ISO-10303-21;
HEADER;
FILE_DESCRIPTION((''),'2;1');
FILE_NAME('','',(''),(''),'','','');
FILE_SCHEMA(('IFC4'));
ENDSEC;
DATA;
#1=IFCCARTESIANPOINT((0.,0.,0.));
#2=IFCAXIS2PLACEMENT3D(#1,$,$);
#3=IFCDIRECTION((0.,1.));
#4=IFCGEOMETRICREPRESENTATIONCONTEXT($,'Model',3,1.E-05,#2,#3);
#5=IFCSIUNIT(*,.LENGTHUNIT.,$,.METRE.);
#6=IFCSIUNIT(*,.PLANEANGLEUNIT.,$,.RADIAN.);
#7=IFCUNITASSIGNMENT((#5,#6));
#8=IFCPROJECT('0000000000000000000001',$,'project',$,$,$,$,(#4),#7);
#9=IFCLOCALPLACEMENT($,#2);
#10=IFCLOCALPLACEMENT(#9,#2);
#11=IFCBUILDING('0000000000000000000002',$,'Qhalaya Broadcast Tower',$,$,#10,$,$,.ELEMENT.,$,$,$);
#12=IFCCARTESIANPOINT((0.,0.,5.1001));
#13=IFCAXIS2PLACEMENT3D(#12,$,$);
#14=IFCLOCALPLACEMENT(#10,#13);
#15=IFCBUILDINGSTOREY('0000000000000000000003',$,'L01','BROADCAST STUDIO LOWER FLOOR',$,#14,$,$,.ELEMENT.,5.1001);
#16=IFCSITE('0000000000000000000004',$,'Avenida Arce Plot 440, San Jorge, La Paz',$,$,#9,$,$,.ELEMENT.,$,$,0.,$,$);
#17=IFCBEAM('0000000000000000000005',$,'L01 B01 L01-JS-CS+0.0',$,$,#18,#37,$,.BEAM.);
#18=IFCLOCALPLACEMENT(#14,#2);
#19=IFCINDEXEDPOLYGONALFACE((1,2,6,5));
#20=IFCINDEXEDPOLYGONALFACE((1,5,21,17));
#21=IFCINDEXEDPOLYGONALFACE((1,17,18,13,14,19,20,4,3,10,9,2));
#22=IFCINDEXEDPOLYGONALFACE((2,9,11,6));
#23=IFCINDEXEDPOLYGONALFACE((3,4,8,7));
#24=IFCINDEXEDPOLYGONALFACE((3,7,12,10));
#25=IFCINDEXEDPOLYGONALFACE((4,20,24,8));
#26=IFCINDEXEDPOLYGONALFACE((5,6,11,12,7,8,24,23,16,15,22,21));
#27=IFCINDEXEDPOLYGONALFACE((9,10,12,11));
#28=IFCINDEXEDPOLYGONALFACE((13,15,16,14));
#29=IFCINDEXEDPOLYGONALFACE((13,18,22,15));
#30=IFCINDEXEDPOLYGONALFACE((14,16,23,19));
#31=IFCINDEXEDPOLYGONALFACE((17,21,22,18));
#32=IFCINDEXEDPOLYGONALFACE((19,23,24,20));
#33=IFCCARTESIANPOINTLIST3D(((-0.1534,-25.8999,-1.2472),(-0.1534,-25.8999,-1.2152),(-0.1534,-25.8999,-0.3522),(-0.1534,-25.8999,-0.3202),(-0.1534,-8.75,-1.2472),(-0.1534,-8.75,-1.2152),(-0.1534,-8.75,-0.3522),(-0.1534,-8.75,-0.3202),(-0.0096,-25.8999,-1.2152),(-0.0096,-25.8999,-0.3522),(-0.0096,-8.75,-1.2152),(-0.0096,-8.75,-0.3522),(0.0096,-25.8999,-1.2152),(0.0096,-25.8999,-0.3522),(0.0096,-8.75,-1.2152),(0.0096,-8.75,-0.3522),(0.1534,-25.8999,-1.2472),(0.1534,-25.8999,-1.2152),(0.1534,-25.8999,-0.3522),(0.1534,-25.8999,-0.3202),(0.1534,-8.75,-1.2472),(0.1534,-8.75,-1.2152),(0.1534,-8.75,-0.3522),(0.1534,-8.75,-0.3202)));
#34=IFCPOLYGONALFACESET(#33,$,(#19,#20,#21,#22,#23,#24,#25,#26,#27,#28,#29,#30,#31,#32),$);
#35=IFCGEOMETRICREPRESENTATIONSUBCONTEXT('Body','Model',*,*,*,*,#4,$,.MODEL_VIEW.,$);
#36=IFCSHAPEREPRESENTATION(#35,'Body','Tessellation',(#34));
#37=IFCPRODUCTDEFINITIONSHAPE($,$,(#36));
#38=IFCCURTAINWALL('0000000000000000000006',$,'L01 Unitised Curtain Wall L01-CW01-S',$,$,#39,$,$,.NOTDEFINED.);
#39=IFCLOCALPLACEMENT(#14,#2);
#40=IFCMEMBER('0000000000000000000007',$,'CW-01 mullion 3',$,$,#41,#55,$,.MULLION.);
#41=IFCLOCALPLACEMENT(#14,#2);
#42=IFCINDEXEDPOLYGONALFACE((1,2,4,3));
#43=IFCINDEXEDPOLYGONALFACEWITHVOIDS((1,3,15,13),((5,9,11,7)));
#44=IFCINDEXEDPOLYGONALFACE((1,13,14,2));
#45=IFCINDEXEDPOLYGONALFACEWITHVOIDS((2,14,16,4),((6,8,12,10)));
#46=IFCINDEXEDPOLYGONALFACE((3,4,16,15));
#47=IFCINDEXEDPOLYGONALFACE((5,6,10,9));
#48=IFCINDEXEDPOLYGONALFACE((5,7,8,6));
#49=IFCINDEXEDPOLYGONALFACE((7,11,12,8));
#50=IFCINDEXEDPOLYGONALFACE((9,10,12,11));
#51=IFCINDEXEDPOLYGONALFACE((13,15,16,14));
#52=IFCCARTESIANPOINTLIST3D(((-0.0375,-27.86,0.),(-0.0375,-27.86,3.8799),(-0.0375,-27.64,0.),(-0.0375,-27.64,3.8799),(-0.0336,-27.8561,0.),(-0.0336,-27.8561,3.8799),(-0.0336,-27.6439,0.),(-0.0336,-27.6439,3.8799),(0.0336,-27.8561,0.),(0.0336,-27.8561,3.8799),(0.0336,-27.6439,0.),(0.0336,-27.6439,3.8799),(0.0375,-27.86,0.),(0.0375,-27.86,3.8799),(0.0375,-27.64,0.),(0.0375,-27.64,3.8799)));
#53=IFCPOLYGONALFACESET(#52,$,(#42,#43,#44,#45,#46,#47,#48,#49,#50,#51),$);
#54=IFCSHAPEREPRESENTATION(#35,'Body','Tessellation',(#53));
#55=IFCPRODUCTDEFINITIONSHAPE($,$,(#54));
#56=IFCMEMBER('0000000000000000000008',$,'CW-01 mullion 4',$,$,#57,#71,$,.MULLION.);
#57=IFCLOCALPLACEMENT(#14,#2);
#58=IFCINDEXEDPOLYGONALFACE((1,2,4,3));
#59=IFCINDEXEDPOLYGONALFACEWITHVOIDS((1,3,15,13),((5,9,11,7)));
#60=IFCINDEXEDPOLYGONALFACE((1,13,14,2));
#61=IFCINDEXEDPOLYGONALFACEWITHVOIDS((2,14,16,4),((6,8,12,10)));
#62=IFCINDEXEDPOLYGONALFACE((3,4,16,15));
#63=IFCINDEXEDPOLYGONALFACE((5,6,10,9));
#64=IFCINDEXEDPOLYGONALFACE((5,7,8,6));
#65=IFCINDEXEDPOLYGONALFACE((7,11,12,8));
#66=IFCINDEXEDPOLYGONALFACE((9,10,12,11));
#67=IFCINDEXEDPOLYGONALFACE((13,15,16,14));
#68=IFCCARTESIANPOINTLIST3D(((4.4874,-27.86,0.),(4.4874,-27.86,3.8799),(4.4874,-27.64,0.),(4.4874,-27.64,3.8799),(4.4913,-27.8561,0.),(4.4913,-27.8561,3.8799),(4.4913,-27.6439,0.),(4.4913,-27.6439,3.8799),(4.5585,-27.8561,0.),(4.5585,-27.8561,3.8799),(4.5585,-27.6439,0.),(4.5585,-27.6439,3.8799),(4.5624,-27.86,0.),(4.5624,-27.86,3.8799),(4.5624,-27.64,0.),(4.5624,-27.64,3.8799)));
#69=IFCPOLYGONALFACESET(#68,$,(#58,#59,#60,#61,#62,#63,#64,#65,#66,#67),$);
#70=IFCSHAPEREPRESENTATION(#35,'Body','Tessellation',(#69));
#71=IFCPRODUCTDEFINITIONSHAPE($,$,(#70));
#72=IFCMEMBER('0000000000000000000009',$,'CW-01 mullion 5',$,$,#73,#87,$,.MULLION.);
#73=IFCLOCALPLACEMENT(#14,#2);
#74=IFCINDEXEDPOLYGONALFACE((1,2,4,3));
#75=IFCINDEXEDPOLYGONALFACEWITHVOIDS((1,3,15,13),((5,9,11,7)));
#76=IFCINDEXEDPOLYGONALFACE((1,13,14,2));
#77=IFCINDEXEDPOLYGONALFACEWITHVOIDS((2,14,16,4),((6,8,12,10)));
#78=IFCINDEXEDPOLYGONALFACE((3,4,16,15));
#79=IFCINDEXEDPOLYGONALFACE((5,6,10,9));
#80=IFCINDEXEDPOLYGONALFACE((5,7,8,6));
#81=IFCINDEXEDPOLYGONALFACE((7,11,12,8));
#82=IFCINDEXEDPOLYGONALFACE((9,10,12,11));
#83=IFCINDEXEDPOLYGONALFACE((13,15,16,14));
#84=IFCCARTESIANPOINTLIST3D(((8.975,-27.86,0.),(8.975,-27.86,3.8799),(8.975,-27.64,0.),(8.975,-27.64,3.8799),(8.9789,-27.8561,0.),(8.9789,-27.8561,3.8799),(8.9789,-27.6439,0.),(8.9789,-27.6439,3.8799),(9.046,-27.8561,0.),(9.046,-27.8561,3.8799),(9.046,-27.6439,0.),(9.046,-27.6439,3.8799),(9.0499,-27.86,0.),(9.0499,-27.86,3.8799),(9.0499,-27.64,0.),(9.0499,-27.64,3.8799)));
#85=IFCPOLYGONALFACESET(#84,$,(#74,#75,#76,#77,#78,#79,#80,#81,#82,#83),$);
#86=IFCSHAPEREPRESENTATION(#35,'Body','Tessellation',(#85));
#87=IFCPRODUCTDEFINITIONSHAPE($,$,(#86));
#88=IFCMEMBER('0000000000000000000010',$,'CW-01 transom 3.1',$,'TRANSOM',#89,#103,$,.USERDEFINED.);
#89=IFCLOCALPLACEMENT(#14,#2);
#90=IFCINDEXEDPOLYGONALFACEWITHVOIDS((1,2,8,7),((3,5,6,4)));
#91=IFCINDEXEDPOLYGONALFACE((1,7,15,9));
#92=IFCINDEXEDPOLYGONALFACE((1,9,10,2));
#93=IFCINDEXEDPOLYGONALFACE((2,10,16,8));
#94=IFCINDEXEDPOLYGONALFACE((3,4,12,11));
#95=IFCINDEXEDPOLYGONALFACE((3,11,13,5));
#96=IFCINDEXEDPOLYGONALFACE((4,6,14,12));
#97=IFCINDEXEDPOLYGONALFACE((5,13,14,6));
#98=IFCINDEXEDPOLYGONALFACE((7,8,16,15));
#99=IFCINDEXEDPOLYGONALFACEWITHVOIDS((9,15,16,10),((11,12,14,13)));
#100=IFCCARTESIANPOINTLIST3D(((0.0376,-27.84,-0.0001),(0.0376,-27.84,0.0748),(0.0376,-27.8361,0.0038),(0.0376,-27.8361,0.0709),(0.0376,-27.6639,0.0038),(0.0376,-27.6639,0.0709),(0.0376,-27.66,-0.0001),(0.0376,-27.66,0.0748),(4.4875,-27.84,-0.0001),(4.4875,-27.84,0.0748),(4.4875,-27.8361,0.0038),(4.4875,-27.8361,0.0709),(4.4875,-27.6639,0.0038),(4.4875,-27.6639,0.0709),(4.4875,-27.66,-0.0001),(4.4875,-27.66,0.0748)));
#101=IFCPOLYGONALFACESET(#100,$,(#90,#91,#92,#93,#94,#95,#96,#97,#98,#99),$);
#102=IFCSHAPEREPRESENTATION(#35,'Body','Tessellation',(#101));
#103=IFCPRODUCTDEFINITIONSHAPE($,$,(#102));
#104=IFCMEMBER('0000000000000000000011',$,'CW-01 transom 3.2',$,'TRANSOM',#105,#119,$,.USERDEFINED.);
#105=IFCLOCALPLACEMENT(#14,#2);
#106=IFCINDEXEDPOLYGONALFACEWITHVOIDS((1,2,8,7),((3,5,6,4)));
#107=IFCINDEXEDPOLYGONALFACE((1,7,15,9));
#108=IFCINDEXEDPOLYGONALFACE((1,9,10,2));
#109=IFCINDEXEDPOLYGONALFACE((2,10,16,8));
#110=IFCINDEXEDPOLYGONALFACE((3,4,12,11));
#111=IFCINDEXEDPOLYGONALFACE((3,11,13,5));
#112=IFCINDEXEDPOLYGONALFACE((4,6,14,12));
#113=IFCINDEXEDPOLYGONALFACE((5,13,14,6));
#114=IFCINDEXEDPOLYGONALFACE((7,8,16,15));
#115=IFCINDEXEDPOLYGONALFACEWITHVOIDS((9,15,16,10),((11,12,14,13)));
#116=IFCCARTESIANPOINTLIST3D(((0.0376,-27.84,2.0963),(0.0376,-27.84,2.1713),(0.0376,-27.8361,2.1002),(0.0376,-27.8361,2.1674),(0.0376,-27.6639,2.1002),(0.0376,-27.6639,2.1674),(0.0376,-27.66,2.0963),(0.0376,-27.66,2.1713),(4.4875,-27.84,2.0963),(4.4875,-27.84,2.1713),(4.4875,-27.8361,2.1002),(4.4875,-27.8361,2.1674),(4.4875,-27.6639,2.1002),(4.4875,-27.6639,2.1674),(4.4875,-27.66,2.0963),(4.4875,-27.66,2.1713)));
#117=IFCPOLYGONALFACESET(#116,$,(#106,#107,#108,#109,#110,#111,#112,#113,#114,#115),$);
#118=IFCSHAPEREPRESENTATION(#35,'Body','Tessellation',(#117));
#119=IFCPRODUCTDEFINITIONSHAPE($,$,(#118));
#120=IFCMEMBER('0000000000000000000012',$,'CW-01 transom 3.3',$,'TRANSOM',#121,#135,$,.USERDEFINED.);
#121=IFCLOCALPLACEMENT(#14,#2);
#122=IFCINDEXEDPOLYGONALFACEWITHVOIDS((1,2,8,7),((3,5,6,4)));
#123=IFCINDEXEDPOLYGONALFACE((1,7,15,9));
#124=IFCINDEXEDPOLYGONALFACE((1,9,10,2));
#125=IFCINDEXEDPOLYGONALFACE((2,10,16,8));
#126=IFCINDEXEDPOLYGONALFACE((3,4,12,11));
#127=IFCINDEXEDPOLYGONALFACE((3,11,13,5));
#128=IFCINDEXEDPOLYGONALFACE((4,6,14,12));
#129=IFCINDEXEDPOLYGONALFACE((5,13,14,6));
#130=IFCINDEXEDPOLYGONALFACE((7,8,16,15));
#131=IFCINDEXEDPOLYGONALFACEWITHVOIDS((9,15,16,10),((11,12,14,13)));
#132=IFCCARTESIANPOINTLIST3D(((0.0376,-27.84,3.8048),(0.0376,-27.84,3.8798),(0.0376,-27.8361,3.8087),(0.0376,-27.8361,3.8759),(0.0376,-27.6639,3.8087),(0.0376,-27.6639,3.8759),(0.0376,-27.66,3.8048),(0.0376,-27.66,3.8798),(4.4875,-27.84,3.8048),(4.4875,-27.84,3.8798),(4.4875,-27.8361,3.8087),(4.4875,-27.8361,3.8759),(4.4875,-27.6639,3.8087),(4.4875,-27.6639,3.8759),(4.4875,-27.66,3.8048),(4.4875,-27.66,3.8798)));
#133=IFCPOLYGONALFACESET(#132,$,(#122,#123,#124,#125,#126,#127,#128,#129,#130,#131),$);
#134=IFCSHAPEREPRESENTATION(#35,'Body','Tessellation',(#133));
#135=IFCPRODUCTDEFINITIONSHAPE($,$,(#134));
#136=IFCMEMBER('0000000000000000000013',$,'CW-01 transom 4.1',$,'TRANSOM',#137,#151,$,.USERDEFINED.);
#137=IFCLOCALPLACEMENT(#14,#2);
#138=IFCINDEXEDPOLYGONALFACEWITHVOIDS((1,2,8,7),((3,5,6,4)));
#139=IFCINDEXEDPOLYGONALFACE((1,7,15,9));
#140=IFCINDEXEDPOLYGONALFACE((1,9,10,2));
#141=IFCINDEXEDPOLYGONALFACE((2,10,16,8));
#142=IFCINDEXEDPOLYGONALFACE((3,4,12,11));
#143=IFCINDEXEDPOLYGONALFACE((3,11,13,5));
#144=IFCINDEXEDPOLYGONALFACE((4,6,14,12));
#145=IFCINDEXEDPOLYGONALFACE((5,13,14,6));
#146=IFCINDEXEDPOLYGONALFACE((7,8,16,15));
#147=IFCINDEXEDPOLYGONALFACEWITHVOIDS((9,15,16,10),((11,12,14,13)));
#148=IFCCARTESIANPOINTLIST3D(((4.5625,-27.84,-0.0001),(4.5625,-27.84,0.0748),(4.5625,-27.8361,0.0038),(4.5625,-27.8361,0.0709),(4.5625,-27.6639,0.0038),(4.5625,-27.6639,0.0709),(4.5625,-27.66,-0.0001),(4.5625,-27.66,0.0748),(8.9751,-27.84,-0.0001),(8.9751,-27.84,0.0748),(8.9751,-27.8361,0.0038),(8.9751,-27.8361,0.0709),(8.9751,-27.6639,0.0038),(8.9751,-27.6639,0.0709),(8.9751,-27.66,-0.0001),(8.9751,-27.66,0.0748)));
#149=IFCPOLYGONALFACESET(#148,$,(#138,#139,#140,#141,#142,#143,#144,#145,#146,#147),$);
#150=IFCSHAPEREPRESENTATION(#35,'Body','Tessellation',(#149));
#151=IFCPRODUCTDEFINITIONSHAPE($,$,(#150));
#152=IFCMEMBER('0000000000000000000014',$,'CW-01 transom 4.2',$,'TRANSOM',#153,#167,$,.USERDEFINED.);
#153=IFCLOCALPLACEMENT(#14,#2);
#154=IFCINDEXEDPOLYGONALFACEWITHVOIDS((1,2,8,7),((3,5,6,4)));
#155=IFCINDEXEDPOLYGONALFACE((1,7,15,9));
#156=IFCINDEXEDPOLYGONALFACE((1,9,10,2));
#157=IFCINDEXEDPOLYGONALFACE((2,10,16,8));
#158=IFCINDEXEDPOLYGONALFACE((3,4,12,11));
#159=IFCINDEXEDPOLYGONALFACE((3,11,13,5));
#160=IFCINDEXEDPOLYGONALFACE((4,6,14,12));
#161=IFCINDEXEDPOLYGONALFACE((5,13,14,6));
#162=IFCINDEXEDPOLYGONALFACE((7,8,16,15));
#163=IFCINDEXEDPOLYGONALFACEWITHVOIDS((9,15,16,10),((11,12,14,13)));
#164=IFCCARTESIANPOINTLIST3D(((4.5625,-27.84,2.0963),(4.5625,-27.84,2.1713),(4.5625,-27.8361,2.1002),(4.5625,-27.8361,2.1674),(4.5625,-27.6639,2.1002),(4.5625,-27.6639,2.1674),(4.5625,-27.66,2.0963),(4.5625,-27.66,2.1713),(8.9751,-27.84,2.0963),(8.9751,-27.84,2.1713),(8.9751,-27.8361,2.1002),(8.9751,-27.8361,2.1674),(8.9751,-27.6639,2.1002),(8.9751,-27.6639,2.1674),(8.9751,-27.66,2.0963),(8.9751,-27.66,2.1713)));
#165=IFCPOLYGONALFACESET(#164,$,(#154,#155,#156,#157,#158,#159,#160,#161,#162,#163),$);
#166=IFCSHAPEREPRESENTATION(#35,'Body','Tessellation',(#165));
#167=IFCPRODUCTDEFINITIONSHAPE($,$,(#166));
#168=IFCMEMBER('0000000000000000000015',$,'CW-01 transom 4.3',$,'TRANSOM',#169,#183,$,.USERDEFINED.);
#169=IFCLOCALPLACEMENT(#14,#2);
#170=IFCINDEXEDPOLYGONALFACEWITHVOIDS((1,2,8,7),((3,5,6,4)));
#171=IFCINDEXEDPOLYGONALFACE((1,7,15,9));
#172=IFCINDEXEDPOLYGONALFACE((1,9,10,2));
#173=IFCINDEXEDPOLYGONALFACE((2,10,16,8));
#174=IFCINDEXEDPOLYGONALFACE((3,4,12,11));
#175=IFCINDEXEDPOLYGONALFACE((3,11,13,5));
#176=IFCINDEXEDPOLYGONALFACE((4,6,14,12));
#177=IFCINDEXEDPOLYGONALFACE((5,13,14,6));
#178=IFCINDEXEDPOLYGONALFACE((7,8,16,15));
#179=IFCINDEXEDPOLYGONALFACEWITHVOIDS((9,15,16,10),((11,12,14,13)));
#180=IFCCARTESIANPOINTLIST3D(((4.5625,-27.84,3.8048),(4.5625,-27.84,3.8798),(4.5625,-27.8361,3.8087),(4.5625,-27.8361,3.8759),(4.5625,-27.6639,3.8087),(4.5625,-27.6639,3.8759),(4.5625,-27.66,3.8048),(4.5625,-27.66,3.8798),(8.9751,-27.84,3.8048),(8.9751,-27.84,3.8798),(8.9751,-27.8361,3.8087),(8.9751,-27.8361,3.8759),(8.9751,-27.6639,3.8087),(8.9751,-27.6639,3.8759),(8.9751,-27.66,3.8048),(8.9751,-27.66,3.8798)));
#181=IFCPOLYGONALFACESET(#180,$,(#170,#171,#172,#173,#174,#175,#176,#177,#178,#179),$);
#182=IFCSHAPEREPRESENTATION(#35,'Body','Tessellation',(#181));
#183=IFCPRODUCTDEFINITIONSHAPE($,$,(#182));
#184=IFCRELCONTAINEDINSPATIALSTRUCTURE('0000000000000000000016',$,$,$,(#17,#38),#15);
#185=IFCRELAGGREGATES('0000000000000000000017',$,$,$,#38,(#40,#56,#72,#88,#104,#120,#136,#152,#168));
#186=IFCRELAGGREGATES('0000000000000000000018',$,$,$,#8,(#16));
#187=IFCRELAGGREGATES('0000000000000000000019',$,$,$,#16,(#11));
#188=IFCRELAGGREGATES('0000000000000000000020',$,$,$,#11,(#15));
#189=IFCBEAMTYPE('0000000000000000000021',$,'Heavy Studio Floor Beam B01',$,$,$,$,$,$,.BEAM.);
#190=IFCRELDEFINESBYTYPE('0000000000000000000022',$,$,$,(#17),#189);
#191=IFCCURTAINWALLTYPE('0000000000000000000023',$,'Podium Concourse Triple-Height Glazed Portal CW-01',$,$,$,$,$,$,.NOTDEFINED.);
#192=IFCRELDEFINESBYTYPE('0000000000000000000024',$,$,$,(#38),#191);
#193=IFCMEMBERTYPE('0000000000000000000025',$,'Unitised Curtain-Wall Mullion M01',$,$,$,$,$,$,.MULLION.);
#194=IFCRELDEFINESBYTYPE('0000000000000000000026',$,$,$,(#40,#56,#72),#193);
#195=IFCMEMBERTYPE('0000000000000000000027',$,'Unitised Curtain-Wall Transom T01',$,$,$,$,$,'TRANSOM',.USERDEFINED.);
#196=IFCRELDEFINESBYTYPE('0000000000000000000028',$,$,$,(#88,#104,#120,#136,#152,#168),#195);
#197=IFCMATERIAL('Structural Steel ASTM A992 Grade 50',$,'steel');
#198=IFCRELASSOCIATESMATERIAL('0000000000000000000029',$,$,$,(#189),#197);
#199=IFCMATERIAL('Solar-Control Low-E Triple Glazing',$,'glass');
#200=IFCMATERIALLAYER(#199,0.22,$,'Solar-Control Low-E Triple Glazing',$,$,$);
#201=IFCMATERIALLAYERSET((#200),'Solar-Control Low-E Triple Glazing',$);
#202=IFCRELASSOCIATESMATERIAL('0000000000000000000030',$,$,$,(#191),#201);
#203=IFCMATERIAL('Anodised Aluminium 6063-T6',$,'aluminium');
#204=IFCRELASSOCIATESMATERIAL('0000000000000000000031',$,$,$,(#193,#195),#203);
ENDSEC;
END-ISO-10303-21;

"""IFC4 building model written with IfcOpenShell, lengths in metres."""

from ifc_helpers import new_model, si_unit, direction, frame, origin, origin_2d, place, context, subcontext, project, spatial, hollow_rectangle, i_section, extrude, material, layer, layer_set, material_profile, profile_set, type_object, element, aggregate, save


model = new_model("IFC4")

# Units and contexts
model_context = context("Model", 3, precision=1e-05, world=origin(), true_north=direction((0.0, 1.0)))
body_context = subcontext(model_context, "Body", "Model", "MODEL_VIEW")
ifc_project = project(units=[si_unit("LENGTHUNIT", "METRE"), si_unit("PLANEANGLEUNIT", "RADIAN")], contexts=[model_context])

# Site, building, storey
site_placement = place(None, origin())
site = spatial("IfcSite", under=ifc_project, at=site_placement, Name="Avenida Arce Plot 440, San Jorge, La Paz", CompositionType="ELEMENT", RefElevation=0.0)
building_placement = place(site_placement, origin())
building = spatial("IfcBuilding", under=site, at=building_placement, Name="Qhalaya Broadcast Tower", CompositionType="ELEMENT")
storey_placement = place(building_placement, frame((0.0, 0.0, 5.1001)))
storey = spatial("IfcBuildingStorey", under=building, at=storey_placement, Name="L01", Description="BROADCAST STUDIO LOWER FLOOR", CompositionType="ELEMENT", Elevation=5.1001)

# Beam
ifc_material_1 = material(Name="Structural Steel ASTM A992 Grade 50", Category="steel")
ifc_material_profile_1 = material_profile(ifc_material_1, i_section(OverallWidth=0.3069, OverallDepth=0.927, WebThickness=0.0193, FlangeThickness=0.032, at=origin_2d()), Name="W36X194")
ifc_profile_set_1 = profile_set([ifc_material_profile_1], Name="Structural Steel ASTM A992 Grade 50")
beam_type = type_object("IfcBeamType", Name="Heavy Studio Floor Beam B01", PredefinedType="BEAM", material=ifc_profile_set_1)
beam_placement = place(storey_placement, frame((0.0, -25.8999, -0.7837), z_axis=(0.0, 1.0, 0.0), x_axis=(-1.0, 0.0, 0.0)))
element("IfcBeam", 1, at=beam_placement, inside=storey, type_object=beam_type, Name="L01 B01 L01-JS-CS+0.0", PredefinedType="BEAM", context=body_context, shape_type="SweptSolid", body=[
    extrude(i_section(OverallWidth=0.3069, OverallDepth=0.927, WebThickness=0.0193, FlangeThickness=0.032, at=origin_2d()), origin(), (0.0, 0.0, 1.0), 17.1499),
])

# Curtain wall, members
ifc_material_2 = material(Name="Solar-Control Low-E Triple Glazing", Category="glass")
ifc_layer_1 = layer(ifc_material_2, 0.22, Name="Solar-Control Low-E Triple Glazing")
ifc_layer_set_1 = layer_set([ifc_layer_1], Name="Solar-Control Low-E Triple Glazing")
curtain_wall_type = type_object("IfcCurtainWallType", Name="Podium Concourse Triple-Height Glazed Portal CW-01", PredefinedType="NOTDEFINED", material=ifc_layer_set_1)
curtain_wall_placement = place(storey_placement, origin())
curtain_wall = element("IfcCurtainWall", 2, at=curtain_wall_placement, inside=storey, type_object=curtain_wall_type, Name="L01 Unitised Curtain Wall L01-CW01-S", PredefinedType="NOTDEFINED")
ifc_material_3 = material(Name="Anodised Aluminium 6063-T6", Category="aluminium")
ifc_material_profile_2 = material_profile(ifc_material_3, hollow_rectangle(XDim=0.075, YDim=0.22, WallThickness=0.0039, at=origin_2d()), Name="ALU-MUL 75x220x4")
ifc_profile_set_2 = profile_set([ifc_material_profile_2], Name="Anodised Aluminium 6063-T6")
member_type_1 = type_object("IfcMemberType", Name="Unitised Curtain-Wall Mullion M01", PredefinedType="MULLION", material=ifc_profile_set_2)
member_1_placement = place(storey_placement, frame((0.0, -27.75, 0.0), z_axis=(0.0, 0.0, 1.0), x_axis=(1.0, 0.0, 0.0)))
member_1 = element("IfcMember", 3, at=member_1_placement, type_object=member_type_1, Name="CW-01 mullion 3", PredefinedType="MULLION", context=body_context, shape_type="SweptSolid", body=[
    extrude(hollow_rectangle(XDim=0.075, YDim=0.22, WallThickness=0.0039, at=origin_2d()), origin(), (0.0, 0.0, 1.0), 3.8799),
])
member_2_placement = place(storey_placement, frame((4.5249, -27.75, 0.0), z_axis=(0.0, 0.0, 1.0), x_axis=(1.0, 0.0, 0.0)))
member_2 = element("IfcMember", 4, at=member_2_placement, type_object=member_type_1, Name="CW-01 mullion 4", PredefinedType="MULLION", context=body_context, shape_type="SweptSolid", body=[
    extrude(hollow_rectangle(XDim=0.075, YDim=0.22, WallThickness=0.0039, at=origin_2d()), origin(), (0.0, 0.0, 1.0), 3.8799),
])
member_3_placement = place(storey_placement, frame((9.0125, -27.75, 0.0), z_axis=(0.0, 0.0, 1.0), x_axis=(1.0, 0.0, 0.0)))
member_3 = element("IfcMember", 5, at=member_3_placement, type_object=member_type_1, Name="CW-01 mullion 5", PredefinedType="MULLION", context=body_context, shape_type="SweptSolid", body=[
    extrude(hollow_rectangle(XDim=0.075, YDim=0.22, WallThickness=0.0039, at=origin_2d()), origin(), (0.0, 0.0, 1.0), 3.8799),
])
ifc_material_profile_3 = material_profile(ifc_material_3, hollow_rectangle(XDim=0.075, YDim=0.1799, WallThickness=0.0039, at=origin_2d()), Name="ALU-TRN 75x180x4")
ifc_profile_set_3 = profile_set([ifc_material_profile_3], Name="Anodised Aluminium 6063-T6")
member_type_2 = type_object("IfcMemberType", Name="Unitised Curtain-Wall Transom T01", ElementType="TRANSOM", PredefinedType="USERDEFINED", material=ifc_profile_set_3)
member_4_placement = place(storey_placement, frame((0.0376, -27.75, 0.0374), z_axis=(1.0, 0.0, 0.0), x_axis=(0.0, 0.0, 1.0)))
member_4 = element("IfcMember", 6, at=member_4_placement, type_object=member_type_2, Name="CW-01 transom 3.1", ObjectType="TRANSOM", PredefinedType="USERDEFINED", context=body_context, shape_type="SweptSolid", body=[
    extrude(hollow_rectangle(XDim=0.075, YDim=0.1799, WallThickness=0.0039, at=origin_2d()), origin(), (0.0, 0.0, 1.0), 4.45),
])
member_5_placement = place(storey_placement, frame((0.0376, -27.75, 2.1338), z_axis=(1.0, 0.0, 0.0), x_axis=(0.0, 0.0, 1.0)))
member_5 = element("IfcMember", 7, at=member_5_placement, type_object=member_type_2, Name="CW-01 transom 3.2", ObjectType="TRANSOM", PredefinedType="USERDEFINED", context=body_context, shape_type="SweptSolid", body=[
    extrude(hollow_rectangle(XDim=0.075, YDim=0.1799, WallThickness=0.0039, at=origin_2d()), origin(), (0.0, 0.0, 1.0), 4.45),
])
member_6_placement = place(storey_placement, frame((0.0376, -27.75, 3.8423), z_axis=(1.0, 0.0, 0.0), x_axis=(0.0, 0.0, 1.0)))
member_6 = element("IfcMember", 8, at=member_6_placement, type_object=member_type_2, Name="CW-01 transom 3.3", ObjectType="TRANSOM", PredefinedType="USERDEFINED", context=body_context, shape_type="SweptSolid", body=[
    extrude(hollow_rectangle(XDim=0.075, YDim=0.1799, WallThickness=0.0039, at=origin_2d()), origin(), (0.0, 0.0, 1.0), 4.45),
])
member_7_placement = place(storey_placement, frame((4.5625, -27.75, 0.0374), z_axis=(1.0, 0.0, 0.0), x_axis=(0.0, 0.0, 1.0)))
member_7 = element("IfcMember", 9, at=member_7_placement, type_object=member_type_2, Name="CW-01 transom 4.1", ObjectType="TRANSOM", PredefinedType="USERDEFINED", context=body_context, shape_type="SweptSolid", body=[
    extrude(hollow_rectangle(XDim=0.075, YDim=0.1799, WallThickness=0.0039, at=origin_2d()), origin(), (0.0, 0.0, 1.0), 4.4126),
])
member_8_placement = place(storey_placement, frame((4.5625, -27.75, 2.1338), z_axis=(1.0, 0.0, 0.0), x_axis=(0.0, 0.0, 1.0)))
member_8 = element("IfcMember", 10, at=member_8_placement, type_object=member_type_2, Name="CW-01 transom 4.2", ObjectType="TRANSOM", PredefinedType="USERDEFINED", context=body_context, shape_type="SweptSolid", body=[
    extrude(hollow_rectangle(XDim=0.075, YDim=0.1799, WallThickness=0.0039, at=origin_2d()), origin(), (0.0, 0.0, 1.0), 4.4126),
])
member_9_placement = place(storey_placement, frame((4.5625, -27.75, 3.8423), z_axis=(1.0, 0.0, 0.0), x_axis=(0.0, 0.0, 1.0)))
member_9 = element("IfcMember", 11, at=member_9_placement, type_object=member_type_2, Name="CW-01 transom 4.3", ObjectType="TRANSOM", PredefinedType="USERDEFINED", context=body_context, shape_type="SweptSolid", body=[
    extrude(hollow_rectangle(XDim=0.075, YDim=0.1799, WallThickness=0.0039, at=origin_2d()), origin(), (0.0, 0.0, 1.0), 4.4126),
])
aggregate(curtain_wall, [member_1, member_2, member_3, member_4, member_5, member_6, member_7, member_8, member_9])

save(model, "model.ifc")
